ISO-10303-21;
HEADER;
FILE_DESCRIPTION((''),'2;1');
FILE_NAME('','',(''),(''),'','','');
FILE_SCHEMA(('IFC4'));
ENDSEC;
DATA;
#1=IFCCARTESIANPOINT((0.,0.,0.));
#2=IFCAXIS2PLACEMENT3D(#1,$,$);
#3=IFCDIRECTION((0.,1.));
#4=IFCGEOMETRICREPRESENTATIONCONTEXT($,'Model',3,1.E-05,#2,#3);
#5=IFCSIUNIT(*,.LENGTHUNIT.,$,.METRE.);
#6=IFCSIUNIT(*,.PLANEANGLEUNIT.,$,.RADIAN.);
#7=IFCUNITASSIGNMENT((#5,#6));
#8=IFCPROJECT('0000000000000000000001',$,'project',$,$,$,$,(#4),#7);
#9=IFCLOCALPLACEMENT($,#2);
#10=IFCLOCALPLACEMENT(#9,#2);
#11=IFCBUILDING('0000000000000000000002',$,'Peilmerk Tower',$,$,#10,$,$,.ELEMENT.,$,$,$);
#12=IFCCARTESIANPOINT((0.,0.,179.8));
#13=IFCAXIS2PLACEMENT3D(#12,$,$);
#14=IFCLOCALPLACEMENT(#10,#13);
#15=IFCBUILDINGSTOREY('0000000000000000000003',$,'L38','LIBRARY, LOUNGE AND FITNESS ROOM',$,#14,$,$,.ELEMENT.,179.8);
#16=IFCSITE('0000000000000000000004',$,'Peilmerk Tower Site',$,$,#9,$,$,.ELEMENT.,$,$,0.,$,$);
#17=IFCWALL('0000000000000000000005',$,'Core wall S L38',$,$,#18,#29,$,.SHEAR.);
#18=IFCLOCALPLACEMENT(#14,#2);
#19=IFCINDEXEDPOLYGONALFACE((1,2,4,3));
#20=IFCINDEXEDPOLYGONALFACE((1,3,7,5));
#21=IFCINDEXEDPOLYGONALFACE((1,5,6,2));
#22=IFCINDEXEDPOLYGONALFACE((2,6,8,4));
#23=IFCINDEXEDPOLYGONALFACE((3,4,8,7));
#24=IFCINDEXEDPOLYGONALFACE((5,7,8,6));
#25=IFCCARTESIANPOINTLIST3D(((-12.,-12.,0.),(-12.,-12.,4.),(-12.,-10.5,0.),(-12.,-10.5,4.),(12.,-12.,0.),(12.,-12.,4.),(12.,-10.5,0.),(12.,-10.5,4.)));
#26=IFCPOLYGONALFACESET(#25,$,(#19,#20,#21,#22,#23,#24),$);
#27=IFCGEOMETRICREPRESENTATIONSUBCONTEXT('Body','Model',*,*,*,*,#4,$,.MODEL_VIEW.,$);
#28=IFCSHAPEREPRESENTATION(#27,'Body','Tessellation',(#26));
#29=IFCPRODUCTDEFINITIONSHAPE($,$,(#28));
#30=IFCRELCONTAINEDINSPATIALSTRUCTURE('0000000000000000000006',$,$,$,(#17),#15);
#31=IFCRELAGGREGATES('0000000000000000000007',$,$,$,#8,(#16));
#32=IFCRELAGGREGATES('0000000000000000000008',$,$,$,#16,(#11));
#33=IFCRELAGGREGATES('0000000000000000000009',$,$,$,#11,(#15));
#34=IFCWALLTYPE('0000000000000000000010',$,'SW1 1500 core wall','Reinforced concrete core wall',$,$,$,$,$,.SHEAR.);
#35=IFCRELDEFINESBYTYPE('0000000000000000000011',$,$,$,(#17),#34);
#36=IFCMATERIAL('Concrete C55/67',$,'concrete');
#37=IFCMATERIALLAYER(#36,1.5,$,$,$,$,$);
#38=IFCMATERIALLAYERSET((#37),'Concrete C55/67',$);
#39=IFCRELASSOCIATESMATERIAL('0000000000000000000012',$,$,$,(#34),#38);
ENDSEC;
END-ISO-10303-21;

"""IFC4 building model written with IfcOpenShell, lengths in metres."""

from ifc_helpers import new_model, si_unit, direction, frame, frame_2d, origin, place, context, subcontext, project, spatial, rectangle, extrude, material, layer, layer_set, type_object, element, save


model = new_model("IFC4")

# Units and contexts
model_context = context("Model", 3, precision=1e-05, world=origin(), true_north=direction((0.0, 1.0)))
body_context = subcontext(model_context, "Body", "Model", "MODEL_VIEW")
ifc_project = project(units=[si_unit("LENGTHUNIT", "METRE"), si_unit("PLANEANGLEUNIT", "RADIAN")], contexts=[model_context])

# Site, building, storey
site_placement = place(None, origin())
site = spatial("IfcSite", under=ifc_project, at=site_placement, Name="Peilmerk Tower Site", CompositionType="ELEMENT", RefElevation=0.0)
building_placement = place(site_placement, origin())
building = spatial("IfcBuilding", under=site, at=building_placement, Name="Peilmerk Tower", CompositionType="ELEMENT")
storey_placement = place(building_placement, frame((0.0, 0.0, 179.8)))
storey = spatial("IfcBuildingStorey", under=building, at=storey_placement, Name="L38", Description="LIBRARY, LOUNGE AND FITNESS ROOM", CompositionType="ELEMENT", Elevation=179.8)

# Wall
ifc_material_1 = material(Name="Concrete C55/67", Category="concrete")
ifc_layer_1 = layer(ifc_material_1, 1.5)
ifc_layer_set_1 = layer_set([ifc_layer_1], Name="Concrete C55/67")
wall_type_1 = type_object("IfcWallType", Name="SW1 1500 core wall", Description="Reinforced concrete core wall", PredefinedType="SHEAR", material=ifc_layer_set_1)
wall_1_placement = place(storey_placement, frame((12.0, -11.25, 0.0), z_axis=(0.0, 0.0, 1.0), x_axis=(-1.0, 0.0, 0.0)))
element("IfcWall", 1, at=wall_1_placement, inside=storey, type_object=wall_type_1, Name="Core wall S L38", PredefinedType="SHEAR", context=body_context, shape_type="SweptSolid", body=[
    extrude(rectangle(XDim=24.0, YDim=1.5, at=frame_2d((12.0, 0.0))), origin(), (0.0, 0.0, 1.0), 4.0),
])

save(model, "model.ifc")
